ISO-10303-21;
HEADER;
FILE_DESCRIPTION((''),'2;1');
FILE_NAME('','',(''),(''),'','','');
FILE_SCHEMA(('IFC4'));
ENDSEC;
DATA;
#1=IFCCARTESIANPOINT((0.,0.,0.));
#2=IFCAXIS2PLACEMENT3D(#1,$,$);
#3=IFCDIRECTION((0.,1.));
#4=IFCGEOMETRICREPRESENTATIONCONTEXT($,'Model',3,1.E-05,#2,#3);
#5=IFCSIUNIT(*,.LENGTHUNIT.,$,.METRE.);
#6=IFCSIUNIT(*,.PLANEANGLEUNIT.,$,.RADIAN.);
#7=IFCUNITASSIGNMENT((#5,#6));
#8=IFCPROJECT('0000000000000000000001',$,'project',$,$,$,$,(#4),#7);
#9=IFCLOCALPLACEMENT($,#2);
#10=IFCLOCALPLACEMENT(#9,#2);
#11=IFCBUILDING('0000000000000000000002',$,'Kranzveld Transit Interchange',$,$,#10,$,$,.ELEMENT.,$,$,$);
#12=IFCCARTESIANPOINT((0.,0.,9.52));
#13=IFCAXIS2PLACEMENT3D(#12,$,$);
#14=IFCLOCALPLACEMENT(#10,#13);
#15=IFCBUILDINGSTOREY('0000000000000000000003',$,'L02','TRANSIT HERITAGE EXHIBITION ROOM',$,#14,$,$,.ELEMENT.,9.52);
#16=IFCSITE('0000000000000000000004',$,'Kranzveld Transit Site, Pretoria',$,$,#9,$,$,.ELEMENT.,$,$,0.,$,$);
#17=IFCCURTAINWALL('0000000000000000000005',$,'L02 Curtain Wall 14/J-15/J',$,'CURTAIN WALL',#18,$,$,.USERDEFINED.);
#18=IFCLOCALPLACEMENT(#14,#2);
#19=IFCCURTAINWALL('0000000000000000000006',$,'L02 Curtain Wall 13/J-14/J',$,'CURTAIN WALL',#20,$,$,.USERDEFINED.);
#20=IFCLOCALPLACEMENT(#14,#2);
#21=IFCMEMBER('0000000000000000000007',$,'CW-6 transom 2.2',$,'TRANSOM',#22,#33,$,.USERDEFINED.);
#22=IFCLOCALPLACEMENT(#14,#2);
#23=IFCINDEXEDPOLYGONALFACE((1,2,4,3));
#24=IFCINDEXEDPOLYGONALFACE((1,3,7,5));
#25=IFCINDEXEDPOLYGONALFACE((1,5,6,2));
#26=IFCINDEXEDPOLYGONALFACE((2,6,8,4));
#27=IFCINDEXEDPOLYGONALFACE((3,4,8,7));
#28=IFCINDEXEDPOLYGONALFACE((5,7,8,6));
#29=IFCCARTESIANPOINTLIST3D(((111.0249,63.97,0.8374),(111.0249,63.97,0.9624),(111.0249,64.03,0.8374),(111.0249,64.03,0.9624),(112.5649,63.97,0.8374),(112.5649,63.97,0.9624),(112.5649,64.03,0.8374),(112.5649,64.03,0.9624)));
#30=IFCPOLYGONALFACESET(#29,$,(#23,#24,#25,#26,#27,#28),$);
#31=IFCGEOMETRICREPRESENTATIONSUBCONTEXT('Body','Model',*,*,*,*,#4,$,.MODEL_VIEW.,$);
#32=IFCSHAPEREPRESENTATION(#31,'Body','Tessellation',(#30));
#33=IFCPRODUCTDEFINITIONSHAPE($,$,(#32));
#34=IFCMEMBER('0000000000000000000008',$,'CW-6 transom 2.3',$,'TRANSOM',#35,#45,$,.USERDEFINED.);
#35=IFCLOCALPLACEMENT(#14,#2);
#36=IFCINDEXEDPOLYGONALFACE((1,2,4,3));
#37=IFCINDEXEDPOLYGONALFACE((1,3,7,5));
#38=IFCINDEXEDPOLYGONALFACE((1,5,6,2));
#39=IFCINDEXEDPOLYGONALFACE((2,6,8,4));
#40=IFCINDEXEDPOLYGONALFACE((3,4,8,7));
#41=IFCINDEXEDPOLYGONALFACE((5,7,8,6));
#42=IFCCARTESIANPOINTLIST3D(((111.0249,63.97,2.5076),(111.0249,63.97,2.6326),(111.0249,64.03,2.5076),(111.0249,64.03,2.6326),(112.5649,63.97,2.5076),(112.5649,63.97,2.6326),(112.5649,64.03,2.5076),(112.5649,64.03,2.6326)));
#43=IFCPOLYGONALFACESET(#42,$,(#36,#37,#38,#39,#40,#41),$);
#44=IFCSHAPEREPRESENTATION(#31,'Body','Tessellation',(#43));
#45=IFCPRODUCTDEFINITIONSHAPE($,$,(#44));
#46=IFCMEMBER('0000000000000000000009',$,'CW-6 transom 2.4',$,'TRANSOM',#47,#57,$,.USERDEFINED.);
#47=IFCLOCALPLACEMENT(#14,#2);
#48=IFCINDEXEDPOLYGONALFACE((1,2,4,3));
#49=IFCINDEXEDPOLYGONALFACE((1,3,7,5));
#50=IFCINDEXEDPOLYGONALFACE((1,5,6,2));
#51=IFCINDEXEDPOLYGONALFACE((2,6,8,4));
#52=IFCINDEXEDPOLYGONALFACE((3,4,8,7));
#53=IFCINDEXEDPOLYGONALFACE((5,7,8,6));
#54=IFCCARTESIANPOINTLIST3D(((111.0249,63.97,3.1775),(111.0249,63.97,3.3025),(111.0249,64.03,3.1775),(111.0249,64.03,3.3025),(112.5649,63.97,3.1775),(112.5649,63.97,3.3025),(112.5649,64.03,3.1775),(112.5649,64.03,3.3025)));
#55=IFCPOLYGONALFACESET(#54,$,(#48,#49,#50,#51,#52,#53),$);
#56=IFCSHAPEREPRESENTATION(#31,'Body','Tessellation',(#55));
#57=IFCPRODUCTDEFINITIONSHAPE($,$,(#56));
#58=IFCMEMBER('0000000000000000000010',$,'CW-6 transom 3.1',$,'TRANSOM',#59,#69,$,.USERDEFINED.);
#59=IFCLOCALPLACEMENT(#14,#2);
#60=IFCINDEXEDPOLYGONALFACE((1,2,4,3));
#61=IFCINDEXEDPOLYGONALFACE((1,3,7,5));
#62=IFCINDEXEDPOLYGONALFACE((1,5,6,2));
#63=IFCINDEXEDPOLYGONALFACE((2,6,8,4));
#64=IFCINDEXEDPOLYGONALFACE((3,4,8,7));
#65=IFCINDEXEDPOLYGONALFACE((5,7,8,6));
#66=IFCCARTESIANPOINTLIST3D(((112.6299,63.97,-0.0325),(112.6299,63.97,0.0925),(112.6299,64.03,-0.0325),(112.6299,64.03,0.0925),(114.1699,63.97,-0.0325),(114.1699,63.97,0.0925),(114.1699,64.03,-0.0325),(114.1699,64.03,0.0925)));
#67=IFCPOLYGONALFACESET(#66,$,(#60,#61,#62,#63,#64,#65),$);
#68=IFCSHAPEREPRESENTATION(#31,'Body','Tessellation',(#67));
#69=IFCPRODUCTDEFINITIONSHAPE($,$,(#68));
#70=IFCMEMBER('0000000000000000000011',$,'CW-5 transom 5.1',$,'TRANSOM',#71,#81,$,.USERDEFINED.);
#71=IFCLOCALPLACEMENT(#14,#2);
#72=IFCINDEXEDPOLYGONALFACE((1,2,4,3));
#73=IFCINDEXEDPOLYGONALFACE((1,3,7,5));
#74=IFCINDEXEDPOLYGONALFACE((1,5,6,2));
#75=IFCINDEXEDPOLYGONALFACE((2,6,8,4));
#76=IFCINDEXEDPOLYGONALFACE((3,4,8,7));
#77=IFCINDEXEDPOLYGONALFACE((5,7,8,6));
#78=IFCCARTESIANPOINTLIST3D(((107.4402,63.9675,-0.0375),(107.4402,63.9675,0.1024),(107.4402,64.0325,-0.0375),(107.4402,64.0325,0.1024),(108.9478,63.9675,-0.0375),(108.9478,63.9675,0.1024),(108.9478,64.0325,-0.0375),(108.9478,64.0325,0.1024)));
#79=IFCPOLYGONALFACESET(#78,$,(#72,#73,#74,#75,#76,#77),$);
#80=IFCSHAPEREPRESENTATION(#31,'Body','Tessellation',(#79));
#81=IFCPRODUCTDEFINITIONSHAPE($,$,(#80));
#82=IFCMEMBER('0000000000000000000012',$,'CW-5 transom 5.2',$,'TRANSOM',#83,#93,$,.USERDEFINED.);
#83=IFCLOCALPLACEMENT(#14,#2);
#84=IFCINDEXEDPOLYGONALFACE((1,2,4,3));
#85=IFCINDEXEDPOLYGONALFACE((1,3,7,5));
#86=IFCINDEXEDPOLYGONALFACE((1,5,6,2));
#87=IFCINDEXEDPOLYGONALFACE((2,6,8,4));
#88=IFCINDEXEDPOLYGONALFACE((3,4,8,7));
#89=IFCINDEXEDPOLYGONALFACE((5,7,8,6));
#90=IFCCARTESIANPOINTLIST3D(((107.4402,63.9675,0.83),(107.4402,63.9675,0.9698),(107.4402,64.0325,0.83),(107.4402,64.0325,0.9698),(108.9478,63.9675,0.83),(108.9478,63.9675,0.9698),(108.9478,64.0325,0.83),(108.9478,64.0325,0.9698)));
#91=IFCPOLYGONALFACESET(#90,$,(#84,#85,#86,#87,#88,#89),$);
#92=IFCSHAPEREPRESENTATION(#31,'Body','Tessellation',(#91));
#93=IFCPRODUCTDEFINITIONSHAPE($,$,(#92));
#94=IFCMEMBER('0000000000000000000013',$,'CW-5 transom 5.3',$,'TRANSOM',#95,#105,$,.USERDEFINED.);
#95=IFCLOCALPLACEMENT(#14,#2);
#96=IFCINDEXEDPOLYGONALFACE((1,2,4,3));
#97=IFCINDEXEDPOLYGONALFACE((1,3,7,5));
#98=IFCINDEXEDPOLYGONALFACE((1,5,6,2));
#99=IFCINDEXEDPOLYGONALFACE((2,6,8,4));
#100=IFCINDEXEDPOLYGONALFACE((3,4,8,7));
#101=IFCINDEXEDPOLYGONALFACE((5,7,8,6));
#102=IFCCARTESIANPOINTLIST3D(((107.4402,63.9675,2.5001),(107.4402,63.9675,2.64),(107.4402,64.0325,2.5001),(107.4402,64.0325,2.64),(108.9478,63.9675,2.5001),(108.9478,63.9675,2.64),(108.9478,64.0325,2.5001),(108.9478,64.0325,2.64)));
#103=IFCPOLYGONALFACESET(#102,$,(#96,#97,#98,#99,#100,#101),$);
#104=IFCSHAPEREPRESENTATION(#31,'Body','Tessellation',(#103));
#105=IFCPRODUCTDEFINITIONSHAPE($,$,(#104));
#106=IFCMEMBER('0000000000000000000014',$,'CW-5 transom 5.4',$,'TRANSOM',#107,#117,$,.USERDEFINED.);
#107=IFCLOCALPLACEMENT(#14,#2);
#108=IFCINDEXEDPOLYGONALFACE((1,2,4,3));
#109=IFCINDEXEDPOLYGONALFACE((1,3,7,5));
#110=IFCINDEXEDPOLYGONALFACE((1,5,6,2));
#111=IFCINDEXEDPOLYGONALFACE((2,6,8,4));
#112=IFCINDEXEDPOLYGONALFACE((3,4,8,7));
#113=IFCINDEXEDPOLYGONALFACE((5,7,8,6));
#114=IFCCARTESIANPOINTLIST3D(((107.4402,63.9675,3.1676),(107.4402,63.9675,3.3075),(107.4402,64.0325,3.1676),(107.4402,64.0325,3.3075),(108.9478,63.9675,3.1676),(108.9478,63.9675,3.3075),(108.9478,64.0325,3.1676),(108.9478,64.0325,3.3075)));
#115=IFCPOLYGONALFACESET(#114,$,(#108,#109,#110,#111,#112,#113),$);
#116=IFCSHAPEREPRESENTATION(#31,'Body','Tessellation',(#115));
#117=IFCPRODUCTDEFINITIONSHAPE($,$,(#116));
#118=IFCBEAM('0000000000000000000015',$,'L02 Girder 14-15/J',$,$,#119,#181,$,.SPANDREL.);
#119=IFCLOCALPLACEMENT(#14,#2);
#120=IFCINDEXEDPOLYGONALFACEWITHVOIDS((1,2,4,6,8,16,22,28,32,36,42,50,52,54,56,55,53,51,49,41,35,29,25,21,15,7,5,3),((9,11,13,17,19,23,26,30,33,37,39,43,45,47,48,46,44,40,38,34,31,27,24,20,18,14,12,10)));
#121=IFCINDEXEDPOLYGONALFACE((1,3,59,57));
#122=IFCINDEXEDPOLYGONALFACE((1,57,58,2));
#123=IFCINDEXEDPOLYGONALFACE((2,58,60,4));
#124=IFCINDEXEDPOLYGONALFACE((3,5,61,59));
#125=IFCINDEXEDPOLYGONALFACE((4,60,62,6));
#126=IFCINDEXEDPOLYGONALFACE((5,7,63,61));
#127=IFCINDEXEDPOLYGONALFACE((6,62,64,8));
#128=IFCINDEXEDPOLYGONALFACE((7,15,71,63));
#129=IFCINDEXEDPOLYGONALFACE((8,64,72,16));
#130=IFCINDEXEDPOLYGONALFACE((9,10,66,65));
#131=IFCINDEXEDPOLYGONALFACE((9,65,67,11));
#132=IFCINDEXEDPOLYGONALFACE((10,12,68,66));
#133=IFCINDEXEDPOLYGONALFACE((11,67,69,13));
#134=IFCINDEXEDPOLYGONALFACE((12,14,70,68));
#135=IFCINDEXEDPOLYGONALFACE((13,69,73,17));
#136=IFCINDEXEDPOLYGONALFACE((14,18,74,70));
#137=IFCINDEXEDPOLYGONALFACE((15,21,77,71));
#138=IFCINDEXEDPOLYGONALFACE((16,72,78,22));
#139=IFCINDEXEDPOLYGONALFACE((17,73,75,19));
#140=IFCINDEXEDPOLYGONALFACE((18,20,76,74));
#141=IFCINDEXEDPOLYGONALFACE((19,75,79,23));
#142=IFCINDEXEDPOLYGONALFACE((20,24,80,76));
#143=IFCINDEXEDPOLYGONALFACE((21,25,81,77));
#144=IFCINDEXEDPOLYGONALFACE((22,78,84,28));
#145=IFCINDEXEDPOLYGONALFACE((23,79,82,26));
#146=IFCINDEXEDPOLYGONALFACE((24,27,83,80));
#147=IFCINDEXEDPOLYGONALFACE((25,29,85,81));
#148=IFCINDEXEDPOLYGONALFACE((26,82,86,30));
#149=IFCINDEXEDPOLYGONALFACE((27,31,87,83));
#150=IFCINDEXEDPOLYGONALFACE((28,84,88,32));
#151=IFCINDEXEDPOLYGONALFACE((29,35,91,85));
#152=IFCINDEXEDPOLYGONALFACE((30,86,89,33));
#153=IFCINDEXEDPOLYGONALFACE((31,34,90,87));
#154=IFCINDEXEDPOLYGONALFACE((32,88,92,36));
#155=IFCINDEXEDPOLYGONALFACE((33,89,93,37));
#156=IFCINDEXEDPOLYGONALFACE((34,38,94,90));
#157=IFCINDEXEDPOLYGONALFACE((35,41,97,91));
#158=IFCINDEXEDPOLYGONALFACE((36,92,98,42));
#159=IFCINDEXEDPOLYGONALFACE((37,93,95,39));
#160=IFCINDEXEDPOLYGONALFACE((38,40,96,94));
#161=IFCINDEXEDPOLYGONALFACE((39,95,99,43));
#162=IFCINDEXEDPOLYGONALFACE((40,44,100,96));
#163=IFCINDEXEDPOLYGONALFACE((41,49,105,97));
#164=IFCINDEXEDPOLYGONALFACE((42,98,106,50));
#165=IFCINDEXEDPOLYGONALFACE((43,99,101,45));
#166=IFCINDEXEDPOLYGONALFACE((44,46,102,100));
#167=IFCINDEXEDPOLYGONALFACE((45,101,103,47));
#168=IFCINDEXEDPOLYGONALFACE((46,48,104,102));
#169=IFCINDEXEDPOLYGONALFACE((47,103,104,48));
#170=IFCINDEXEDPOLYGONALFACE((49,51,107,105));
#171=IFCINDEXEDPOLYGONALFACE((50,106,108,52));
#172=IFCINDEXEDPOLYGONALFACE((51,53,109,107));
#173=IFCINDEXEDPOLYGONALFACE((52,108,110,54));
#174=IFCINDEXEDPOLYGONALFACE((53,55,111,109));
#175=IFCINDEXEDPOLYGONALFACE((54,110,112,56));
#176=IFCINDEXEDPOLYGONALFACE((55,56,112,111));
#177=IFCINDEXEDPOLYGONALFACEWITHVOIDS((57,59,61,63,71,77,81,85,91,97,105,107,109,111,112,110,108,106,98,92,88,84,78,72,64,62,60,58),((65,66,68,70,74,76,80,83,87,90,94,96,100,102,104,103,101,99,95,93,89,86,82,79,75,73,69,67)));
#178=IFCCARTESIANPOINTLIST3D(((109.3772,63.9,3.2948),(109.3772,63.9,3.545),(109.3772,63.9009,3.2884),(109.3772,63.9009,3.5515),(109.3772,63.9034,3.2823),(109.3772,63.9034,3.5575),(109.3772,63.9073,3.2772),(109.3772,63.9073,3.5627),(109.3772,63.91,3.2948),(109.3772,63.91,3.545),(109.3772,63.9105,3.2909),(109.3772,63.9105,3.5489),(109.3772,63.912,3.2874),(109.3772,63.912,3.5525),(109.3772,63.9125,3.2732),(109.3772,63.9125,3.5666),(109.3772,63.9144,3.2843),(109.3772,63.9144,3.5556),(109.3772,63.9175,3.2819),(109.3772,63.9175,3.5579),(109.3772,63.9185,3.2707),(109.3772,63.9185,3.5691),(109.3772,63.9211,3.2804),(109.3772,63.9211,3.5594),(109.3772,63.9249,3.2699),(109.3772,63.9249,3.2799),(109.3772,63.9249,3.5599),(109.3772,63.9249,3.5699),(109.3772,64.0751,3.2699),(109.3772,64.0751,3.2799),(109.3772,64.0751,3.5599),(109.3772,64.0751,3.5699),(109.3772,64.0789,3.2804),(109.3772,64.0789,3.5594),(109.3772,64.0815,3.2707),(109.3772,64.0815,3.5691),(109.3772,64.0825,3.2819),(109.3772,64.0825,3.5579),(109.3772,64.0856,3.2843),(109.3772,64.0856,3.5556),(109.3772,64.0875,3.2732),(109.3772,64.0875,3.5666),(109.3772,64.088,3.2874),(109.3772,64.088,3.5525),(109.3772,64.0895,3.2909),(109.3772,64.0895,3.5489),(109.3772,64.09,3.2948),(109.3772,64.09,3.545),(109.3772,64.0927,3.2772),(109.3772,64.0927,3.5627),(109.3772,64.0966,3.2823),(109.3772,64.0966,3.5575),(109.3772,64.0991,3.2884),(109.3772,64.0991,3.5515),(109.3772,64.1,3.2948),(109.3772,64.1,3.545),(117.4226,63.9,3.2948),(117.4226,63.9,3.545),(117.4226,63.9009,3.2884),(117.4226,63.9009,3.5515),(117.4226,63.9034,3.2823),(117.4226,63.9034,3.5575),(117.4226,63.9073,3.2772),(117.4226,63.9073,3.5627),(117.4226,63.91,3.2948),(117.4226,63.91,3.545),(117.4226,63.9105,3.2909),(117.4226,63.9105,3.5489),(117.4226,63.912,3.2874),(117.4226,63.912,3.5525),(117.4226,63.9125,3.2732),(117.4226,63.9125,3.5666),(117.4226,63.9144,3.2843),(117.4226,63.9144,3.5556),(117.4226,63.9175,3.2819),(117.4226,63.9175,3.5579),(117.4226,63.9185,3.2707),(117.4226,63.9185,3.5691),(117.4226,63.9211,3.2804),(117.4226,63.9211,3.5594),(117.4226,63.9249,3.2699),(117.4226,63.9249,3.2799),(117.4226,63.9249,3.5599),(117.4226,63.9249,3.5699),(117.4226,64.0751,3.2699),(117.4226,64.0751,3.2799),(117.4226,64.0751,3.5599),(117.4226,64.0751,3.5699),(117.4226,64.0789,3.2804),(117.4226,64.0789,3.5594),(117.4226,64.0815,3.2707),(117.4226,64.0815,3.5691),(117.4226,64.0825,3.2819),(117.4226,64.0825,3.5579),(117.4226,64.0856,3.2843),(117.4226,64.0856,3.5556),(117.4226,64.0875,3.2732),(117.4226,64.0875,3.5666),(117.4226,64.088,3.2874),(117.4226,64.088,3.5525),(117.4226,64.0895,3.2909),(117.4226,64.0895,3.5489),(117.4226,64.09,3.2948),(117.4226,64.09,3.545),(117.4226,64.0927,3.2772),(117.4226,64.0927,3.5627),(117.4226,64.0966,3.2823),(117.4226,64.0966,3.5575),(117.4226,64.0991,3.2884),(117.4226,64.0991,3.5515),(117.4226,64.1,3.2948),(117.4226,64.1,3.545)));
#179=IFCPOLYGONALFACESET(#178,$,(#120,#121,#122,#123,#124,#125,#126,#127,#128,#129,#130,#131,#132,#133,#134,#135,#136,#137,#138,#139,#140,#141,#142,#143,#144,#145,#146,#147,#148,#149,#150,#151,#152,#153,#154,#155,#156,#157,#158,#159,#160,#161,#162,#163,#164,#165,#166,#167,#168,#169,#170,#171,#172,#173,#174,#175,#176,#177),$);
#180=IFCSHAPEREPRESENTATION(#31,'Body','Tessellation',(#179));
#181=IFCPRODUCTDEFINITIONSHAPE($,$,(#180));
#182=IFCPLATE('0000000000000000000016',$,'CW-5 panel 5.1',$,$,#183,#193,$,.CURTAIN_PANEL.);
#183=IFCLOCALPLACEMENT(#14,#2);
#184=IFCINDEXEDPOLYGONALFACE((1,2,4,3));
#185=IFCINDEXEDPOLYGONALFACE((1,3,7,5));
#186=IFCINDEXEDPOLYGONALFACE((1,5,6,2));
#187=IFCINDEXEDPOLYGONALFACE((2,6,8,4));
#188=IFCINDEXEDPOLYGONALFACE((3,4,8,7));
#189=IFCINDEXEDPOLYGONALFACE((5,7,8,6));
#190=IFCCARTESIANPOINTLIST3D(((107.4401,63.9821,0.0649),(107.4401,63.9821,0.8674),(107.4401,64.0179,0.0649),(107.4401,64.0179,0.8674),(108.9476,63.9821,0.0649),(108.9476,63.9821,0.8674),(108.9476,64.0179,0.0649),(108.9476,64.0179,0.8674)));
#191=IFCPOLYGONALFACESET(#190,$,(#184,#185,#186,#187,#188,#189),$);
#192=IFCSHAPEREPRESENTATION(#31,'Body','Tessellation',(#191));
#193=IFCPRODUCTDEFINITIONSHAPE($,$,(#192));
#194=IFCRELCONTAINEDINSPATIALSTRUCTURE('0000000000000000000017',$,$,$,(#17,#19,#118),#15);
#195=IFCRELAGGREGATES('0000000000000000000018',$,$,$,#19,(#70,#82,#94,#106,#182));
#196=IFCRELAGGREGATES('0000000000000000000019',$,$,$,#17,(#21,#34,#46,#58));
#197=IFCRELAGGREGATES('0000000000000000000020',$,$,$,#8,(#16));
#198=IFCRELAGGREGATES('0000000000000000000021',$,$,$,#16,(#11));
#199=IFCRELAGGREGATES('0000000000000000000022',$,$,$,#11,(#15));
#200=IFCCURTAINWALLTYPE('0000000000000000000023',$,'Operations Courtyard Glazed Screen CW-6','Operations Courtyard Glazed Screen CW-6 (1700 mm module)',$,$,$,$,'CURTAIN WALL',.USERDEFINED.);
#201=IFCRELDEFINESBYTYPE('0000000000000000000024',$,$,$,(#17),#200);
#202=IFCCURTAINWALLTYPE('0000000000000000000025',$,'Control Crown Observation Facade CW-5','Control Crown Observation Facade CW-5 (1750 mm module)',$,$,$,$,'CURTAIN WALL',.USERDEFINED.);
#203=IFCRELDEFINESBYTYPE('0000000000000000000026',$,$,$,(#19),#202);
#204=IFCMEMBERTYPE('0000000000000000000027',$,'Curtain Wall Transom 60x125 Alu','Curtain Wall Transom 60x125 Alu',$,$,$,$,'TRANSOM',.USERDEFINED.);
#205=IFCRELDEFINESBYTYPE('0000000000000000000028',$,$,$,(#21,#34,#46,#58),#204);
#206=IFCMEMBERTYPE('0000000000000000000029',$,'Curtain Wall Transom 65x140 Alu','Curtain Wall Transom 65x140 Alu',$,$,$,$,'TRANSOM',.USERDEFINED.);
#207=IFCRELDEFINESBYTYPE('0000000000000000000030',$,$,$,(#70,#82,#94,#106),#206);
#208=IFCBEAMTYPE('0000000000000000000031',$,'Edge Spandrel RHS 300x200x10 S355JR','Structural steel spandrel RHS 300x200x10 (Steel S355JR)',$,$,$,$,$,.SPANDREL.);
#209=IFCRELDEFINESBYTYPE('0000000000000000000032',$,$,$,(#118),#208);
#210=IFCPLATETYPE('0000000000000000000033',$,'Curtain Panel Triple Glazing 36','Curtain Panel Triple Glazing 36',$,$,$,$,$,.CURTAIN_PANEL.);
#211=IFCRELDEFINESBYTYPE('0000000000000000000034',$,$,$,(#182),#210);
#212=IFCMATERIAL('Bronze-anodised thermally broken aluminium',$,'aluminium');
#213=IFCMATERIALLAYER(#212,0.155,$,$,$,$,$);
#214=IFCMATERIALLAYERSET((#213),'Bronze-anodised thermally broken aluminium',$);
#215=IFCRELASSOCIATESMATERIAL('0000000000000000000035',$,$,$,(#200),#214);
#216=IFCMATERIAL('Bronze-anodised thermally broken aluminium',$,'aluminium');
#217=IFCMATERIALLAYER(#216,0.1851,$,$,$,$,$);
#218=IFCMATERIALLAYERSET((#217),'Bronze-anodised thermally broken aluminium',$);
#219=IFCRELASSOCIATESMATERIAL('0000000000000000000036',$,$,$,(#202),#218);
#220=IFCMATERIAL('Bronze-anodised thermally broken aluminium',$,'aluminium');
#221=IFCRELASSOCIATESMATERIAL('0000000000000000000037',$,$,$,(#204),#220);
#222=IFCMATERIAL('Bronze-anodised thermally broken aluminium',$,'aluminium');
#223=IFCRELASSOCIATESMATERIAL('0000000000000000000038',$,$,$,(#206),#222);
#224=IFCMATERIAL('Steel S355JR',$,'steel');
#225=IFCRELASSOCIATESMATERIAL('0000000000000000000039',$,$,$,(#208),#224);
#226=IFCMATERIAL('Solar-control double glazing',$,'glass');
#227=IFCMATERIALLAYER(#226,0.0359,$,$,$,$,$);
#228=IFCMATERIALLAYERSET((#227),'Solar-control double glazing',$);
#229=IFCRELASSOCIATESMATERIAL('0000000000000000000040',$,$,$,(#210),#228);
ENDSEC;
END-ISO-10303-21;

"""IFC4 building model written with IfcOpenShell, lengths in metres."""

from ifc_helpers import new_model, si_unit, direction, frame, origin, origin_2d, place, context, subcontext, project, spatial, rectangle, hollow_rectangle, extrude, material, layer, layer_set, material_profile, profile_set, type_object, element, aggregate, save


model = new_model("IFC4")

# Units and contexts
model_context = context("Model", 3, precision=1e-05, world=origin(), true_north=direction((0.0, 1.0)))
body_context = subcontext(model_context, "Body", "Model", "MODEL_VIEW")
ifc_project = project(units=[si_unit("LENGTHUNIT", "METRE"), si_unit("PLANEANGLEUNIT", "RADIAN")], contexts=[model_context])

# Site, building, storey
site_placement = place(None, origin())
site = spatial("IfcSite", under=ifc_project, at=site_placement, Name="Kranzveld Transit Site, Pretoria", CompositionType="ELEMENT", RefElevation=0.0)
building_placement = place(site_placement, origin())
building = spatial("IfcBuilding", under=site, at=building_placement, Name="Kranzveld Transit Interchange", CompositionType="ELEMENT")
storey_placement = place(building_placement, frame((0.0, 0.0, 9.52)))
storey = spatial("IfcBuildingStorey", under=building, at=storey_placement, Name="L02", Description="TRANSIT HERITAGE EXHIBITION ROOM", CompositionType="ELEMENT", Elevation=9.52)

# Curtain walls
ifc_material_1 = material(Name="Bronze-anodised thermally broken aluminium", Category="aluminium")
ifc_layer_1 = layer(ifc_material_1, 0.155)
ifc_layer_set_1 = layer_set([ifc_layer_1], Name="Bronze-anodised thermally broken aluminium")
curtain_wall_type_1 = type_object("IfcCurtainWallType", Name="Operations Courtyard Glazed Screen CW-6", Description="Operations Courtyard Glazed Screen CW-6 (1700 mm module)", ElementType="CURTAIN WALL", PredefinedType="USERDEFINED", material=ifc_layer_set_1)
curtain_wall_1_placement = place(storey_placement, origin())
curtain_wall_1 = element("IfcCurtainWall", 1, at=curtain_wall_1_placement, inside=storey, type_object=curtain_wall_type_1, Name="L02 Curtain Wall 14/J-15/J", ObjectType="CURTAIN WALL", PredefinedType="USERDEFINED")
ifc_material_2 = material(Name="Bronze-anodised thermally broken aluminium", Category="aluminium")
ifc_layer_2 = layer(ifc_material_2, 0.1851)
ifc_layer_set_2 = layer_set([ifc_layer_2], Name="Bronze-anodised thermally broken aluminium")
curtain_wall_type_2 = type_object("IfcCurtainWallType", Name="Control Crown Observation Facade CW-5", Description="Control Crown Observation Facade CW-5 (1750 mm module)", ElementType="CURTAIN WALL", PredefinedType="USERDEFINED", material=ifc_layer_set_2)
curtain_wall_2_placement = place(storey_placement, origin())
curtain_wall_2 = element("IfcCurtainWall", 2, at=curtain_wall_2_placement, inside=storey, type_object=curtain_wall_type_2, Name="L02 Curtain Wall 13/J-14/J", ObjectType="CURTAIN WALL", PredefinedType="USERDEFINED")

# Members
ifc_material_3 = material(Name="Bronze-anodised thermally broken aluminium", Category="aluminium")
ifc_material_profile_1 = material_profile(ifc_material_3, rectangle(XDim=0.0601, YDim=0.125, at=origin_2d()), Name="ALU TRANSOM 60x125")
ifc_profile_set_1 = profile_set([ifc_material_profile_1], Name="Bronze-anodised thermally broken aluminium")
member_type_1 = type_object("IfcMemberType", Name="Curtain Wall Transom 60x125 Alu", Description="Curtain Wall Transom 60x125 Alu", ElementType="TRANSOM", PredefinedType="USERDEFINED", material=ifc_profile_set_1)
member_1_placement = place(storey_placement, frame((111.0249, 64.0, 0.8999), z_axis=(1.0, 0.0, 0.0), x_axis=(0.0, 1.0, 0.0)))
member_1 = element("IfcMember", 3, at=member_1_placement, type_object=member_type_1, Name="CW-6 transom 2.2", ObjectType="TRANSOM", PredefinedType="USERDEFINED", context=body_context, shape_type="SweptSolid", body=[
    extrude(rectangle(XDim=0.0601, YDim=0.125, at=origin_2d()), origin(), (0.0, 0.0, 1.0), 1.54),
])
member_2_placement = place(storey_placement, frame((111.0249, 64.0, 2.5701), z_axis=(1.0, 0.0, 0.0), x_axis=(0.0, 1.0, 0.0)))
member_2 = element("IfcMember", 4, at=member_2_placement, type_object=member_type_1, Name="CW-6 transom 2.3", ObjectType="TRANSOM", PredefinedType="USERDEFINED", context=body_context, shape_type="SweptSolid", body=[
    extrude(rectangle(XDim=0.0601, YDim=0.125, at=origin_2d()), origin(), (0.0, 0.0, 1.0), 1.54),
])
member_3_placement = place(storey_placement, frame((111.0249, 64.0, 3.24), z_axis=(1.0, 0.0, 0.0), x_axis=(0.0, 1.0, 0.0)))
member_3 = element("IfcMember", 5, at=member_3_placement, type_object=member_type_1, Name="CW-6 transom 2.4", ObjectType="TRANSOM", PredefinedType="USERDEFINED", context=body_context, shape_type="SweptSolid", body=[
    extrude(rectangle(XDim=0.0601, YDim=0.125, at=origin_2d()), origin(), (0.0, 0.0, 1.0), 1.54),
])
member_4_placement = place(storey_placement, frame((112.6299, 64.0, 0.03), z_axis=(1.0, 0.0, 0.0), x_axis=(0.0, 1.0, 0.0)))
member_4 = element("IfcMember", 6, at=member_4_placement, type_object=member_type_1, Name="CW-6 transom 3.1", ObjectType="TRANSOM", PredefinedType="USERDEFINED", context=body_context, shape_type="SweptSolid", body=[
    extrude(rectangle(XDim=0.0601, YDim=0.125, at=origin_2d()), origin(), (0.0, 0.0, 1.0), 1.54),
])
ifc_material_4 = material(Name="Bronze-anodised thermally broken aluminium", Category="aluminium")
ifc_material_profile_2 = material_profile(ifc_material_4, rectangle(XDim=0.0649, YDim=0.1399, at=origin_2d()), Name="ALU TRANSOM 65x140")
ifc_profile_set_2 = profile_set([ifc_material_profile_2], Name="Bronze-anodised thermally broken aluminium")
member_type_2 = type_object("IfcMemberType", Name="Curtain Wall Transom 65x140 Alu", Description="Curtain Wall Transom 65x140 Alu", ElementType="TRANSOM", PredefinedType="USERDEFINED", material=ifc_profile_set_2)
member_5_placement = place(storey_placement, frame((107.4402, 64.0, 0.0325), z_axis=(1.0, 0.0, 0.0), x_axis=(0.0, 1.0, 0.0)))
member_5 = element("IfcMember", 7, at=member_5_placement, type_object=member_type_2, Name="CW-5 transom 5.1", ObjectType="TRANSOM", PredefinedType="USERDEFINED", context=body_context, shape_type="SweptSolid", body=[
    extrude(rectangle(XDim=0.0649, YDim=0.1399, at=origin_2d()), origin(), (0.0, 0.0, 1.0), 1.5076),
])
member_6_placement = place(storey_placement, frame((107.4402, 64.0, 0.8999), z_axis=(1.0, 0.0, 0.0), x_axis=(0.0, 1.0, 0.0)))
member_6 = element("IfcMember", 8, at=member_6_placement, type_object=member_type_2, Name="CW-5 transom 5.2", ObjectType="TRANSOM", PredefinedType="USERDEFINED", context=body_context, shape_type="SweptSolid", body=[
    extrude(rectangle(XDim=0.0649, YDim=0.1399, at=origin_2d()), origin(), (0.0, 0.0, 1.0), 1.5076),
])
member_7_placement = place(storey_placement, frame((107.4402, 64.0, 2.5701), z_axis=(1.0, 0.0, 0.0), x_axis=(0.0, 1.0, 0.0)))
member_7 = element("IfcMember", 9, at=member_7_placement, type_object=member_type_2, Name="CW-5 transom 5.3", ObjectType="TRANSOM", PredefinedType="USERDEFINED", context=body_context, shape_type="SweptSolid", body=[
    extrude(rectangle(XDim=0.0649, YDim=0.1399, at=origin_2d()), origin(), (0.0, 0.0, 1.0), 1.5076),
])
member_8_placement = place(storey_placement, frame((107.4402, 64.0, 3.2375), z_axis=(1.0, 0.0, 0.0), x_axis=(0.0, 1.0, 0.0)))
member_8 = element("IfcMember", 10, at=member_8_placement, type_object=member_type_2, Name="CW-5 transom 5.4", ObjectType="TRANSOM", PredefinedType="USERDEFINED", context=body_context, shape_type="SweptSolid", body=[
    extrude(rectangle(XDim=0.0649, YDim=0.1399, at=origin_2d()), origin(), (0.0, 0.0, 1.0), 1.5076),
])

# Beam
ifc_material_5 = material(Name="Steel S355JR", Category="steel")
ifc_material_profile_3 = material_profile(ifc_material_5, hollow_rectangle(XDim=0.2, YDim=0.3, WallThickness=0.01, InnerFilletRadius=0.0149, OuterFilletRadius=0.0249, at=origin_2d()), Name="RHS 300x200x10")
ifc_profile_set_3 = profile_set([ifc_material_profile_3], Name="Steel S355JR")
beam_type = type_object("IfcBeamType", Name="Edge Spandrel RHS 300x200x10 S355JR", Description="Structural steel spandrel RHS 300x200x10 (Steel S355JR)", PredefinedType="SPANDREL", material=ifc_profile_set_3)
beam_placement = place(storey_placement, frame((109.3772, 64.0, 3.4199), z_axis=(1.0, 0.0, 0.0), x_axis=(0.0, 1.0, 0.0)))
element("IfcBeam", 11, at=beam_placement, inside=storey, type_object=beam_type, Name="L02 Girder 14-15/J", PredefinedType="SPANDREL", context=body_context, shape_type="SweptSolid", body=[
    extrude(hollow_rectangle(XDim=0.2, YDim=0.3, WallThickness=0.01, InnerFilletRadius=0.0149, OuterFilletRadius=0.0249, at=origin_2d()), origin(), (0.0, 0.0, 1.0), 8.0454),
])

# Plate
ifc_material_6 = material(Name="Solar-control double glazing", Category="glass")
ifc_layer_3 = layer(ifc_material_6, 0.0359)
ifc_layer_set_3 = layer_set([ifc_layer_3], Name="Solar-control double glazing")
plate_type_1 = type_object("IfcPlateType", Name="Curtain Panel Triple Glazing 36", Description="Curtain Panel Triple Glazing 36", PredefinedType="CURTAIN_PANEL", material=ifc_layer_set_3)
plate_1_placement = place(storey_placement, frame((108.1938, 64.0, 0.0649), z_axis=(0.0, 0.0, 1.0), x_axis=(1.0, 0.0, 0.0)))
plate_1 = element("IfcPlate", 12, at=plate_1_placement, type_object=plate_type_1, Name="CW-5 panel 5.1", PredefinedType="CURTAIN_PANEL", context=body_context, shape_type="SweptSolid", body=[
    extrude(rectangle(XDim=1.5076, YDim=0.0359, at=origin_2d()), origin(), (0.0, 0.0, 1.0), 0.8025),
])
aggregate(curtain_wall_2, [member_5, member_6, member_7, member_8, plate_1])
aggregate(curtain_wall_1, [member_1, member_2, member_3, member_4])

save(model, "model.ifc")
